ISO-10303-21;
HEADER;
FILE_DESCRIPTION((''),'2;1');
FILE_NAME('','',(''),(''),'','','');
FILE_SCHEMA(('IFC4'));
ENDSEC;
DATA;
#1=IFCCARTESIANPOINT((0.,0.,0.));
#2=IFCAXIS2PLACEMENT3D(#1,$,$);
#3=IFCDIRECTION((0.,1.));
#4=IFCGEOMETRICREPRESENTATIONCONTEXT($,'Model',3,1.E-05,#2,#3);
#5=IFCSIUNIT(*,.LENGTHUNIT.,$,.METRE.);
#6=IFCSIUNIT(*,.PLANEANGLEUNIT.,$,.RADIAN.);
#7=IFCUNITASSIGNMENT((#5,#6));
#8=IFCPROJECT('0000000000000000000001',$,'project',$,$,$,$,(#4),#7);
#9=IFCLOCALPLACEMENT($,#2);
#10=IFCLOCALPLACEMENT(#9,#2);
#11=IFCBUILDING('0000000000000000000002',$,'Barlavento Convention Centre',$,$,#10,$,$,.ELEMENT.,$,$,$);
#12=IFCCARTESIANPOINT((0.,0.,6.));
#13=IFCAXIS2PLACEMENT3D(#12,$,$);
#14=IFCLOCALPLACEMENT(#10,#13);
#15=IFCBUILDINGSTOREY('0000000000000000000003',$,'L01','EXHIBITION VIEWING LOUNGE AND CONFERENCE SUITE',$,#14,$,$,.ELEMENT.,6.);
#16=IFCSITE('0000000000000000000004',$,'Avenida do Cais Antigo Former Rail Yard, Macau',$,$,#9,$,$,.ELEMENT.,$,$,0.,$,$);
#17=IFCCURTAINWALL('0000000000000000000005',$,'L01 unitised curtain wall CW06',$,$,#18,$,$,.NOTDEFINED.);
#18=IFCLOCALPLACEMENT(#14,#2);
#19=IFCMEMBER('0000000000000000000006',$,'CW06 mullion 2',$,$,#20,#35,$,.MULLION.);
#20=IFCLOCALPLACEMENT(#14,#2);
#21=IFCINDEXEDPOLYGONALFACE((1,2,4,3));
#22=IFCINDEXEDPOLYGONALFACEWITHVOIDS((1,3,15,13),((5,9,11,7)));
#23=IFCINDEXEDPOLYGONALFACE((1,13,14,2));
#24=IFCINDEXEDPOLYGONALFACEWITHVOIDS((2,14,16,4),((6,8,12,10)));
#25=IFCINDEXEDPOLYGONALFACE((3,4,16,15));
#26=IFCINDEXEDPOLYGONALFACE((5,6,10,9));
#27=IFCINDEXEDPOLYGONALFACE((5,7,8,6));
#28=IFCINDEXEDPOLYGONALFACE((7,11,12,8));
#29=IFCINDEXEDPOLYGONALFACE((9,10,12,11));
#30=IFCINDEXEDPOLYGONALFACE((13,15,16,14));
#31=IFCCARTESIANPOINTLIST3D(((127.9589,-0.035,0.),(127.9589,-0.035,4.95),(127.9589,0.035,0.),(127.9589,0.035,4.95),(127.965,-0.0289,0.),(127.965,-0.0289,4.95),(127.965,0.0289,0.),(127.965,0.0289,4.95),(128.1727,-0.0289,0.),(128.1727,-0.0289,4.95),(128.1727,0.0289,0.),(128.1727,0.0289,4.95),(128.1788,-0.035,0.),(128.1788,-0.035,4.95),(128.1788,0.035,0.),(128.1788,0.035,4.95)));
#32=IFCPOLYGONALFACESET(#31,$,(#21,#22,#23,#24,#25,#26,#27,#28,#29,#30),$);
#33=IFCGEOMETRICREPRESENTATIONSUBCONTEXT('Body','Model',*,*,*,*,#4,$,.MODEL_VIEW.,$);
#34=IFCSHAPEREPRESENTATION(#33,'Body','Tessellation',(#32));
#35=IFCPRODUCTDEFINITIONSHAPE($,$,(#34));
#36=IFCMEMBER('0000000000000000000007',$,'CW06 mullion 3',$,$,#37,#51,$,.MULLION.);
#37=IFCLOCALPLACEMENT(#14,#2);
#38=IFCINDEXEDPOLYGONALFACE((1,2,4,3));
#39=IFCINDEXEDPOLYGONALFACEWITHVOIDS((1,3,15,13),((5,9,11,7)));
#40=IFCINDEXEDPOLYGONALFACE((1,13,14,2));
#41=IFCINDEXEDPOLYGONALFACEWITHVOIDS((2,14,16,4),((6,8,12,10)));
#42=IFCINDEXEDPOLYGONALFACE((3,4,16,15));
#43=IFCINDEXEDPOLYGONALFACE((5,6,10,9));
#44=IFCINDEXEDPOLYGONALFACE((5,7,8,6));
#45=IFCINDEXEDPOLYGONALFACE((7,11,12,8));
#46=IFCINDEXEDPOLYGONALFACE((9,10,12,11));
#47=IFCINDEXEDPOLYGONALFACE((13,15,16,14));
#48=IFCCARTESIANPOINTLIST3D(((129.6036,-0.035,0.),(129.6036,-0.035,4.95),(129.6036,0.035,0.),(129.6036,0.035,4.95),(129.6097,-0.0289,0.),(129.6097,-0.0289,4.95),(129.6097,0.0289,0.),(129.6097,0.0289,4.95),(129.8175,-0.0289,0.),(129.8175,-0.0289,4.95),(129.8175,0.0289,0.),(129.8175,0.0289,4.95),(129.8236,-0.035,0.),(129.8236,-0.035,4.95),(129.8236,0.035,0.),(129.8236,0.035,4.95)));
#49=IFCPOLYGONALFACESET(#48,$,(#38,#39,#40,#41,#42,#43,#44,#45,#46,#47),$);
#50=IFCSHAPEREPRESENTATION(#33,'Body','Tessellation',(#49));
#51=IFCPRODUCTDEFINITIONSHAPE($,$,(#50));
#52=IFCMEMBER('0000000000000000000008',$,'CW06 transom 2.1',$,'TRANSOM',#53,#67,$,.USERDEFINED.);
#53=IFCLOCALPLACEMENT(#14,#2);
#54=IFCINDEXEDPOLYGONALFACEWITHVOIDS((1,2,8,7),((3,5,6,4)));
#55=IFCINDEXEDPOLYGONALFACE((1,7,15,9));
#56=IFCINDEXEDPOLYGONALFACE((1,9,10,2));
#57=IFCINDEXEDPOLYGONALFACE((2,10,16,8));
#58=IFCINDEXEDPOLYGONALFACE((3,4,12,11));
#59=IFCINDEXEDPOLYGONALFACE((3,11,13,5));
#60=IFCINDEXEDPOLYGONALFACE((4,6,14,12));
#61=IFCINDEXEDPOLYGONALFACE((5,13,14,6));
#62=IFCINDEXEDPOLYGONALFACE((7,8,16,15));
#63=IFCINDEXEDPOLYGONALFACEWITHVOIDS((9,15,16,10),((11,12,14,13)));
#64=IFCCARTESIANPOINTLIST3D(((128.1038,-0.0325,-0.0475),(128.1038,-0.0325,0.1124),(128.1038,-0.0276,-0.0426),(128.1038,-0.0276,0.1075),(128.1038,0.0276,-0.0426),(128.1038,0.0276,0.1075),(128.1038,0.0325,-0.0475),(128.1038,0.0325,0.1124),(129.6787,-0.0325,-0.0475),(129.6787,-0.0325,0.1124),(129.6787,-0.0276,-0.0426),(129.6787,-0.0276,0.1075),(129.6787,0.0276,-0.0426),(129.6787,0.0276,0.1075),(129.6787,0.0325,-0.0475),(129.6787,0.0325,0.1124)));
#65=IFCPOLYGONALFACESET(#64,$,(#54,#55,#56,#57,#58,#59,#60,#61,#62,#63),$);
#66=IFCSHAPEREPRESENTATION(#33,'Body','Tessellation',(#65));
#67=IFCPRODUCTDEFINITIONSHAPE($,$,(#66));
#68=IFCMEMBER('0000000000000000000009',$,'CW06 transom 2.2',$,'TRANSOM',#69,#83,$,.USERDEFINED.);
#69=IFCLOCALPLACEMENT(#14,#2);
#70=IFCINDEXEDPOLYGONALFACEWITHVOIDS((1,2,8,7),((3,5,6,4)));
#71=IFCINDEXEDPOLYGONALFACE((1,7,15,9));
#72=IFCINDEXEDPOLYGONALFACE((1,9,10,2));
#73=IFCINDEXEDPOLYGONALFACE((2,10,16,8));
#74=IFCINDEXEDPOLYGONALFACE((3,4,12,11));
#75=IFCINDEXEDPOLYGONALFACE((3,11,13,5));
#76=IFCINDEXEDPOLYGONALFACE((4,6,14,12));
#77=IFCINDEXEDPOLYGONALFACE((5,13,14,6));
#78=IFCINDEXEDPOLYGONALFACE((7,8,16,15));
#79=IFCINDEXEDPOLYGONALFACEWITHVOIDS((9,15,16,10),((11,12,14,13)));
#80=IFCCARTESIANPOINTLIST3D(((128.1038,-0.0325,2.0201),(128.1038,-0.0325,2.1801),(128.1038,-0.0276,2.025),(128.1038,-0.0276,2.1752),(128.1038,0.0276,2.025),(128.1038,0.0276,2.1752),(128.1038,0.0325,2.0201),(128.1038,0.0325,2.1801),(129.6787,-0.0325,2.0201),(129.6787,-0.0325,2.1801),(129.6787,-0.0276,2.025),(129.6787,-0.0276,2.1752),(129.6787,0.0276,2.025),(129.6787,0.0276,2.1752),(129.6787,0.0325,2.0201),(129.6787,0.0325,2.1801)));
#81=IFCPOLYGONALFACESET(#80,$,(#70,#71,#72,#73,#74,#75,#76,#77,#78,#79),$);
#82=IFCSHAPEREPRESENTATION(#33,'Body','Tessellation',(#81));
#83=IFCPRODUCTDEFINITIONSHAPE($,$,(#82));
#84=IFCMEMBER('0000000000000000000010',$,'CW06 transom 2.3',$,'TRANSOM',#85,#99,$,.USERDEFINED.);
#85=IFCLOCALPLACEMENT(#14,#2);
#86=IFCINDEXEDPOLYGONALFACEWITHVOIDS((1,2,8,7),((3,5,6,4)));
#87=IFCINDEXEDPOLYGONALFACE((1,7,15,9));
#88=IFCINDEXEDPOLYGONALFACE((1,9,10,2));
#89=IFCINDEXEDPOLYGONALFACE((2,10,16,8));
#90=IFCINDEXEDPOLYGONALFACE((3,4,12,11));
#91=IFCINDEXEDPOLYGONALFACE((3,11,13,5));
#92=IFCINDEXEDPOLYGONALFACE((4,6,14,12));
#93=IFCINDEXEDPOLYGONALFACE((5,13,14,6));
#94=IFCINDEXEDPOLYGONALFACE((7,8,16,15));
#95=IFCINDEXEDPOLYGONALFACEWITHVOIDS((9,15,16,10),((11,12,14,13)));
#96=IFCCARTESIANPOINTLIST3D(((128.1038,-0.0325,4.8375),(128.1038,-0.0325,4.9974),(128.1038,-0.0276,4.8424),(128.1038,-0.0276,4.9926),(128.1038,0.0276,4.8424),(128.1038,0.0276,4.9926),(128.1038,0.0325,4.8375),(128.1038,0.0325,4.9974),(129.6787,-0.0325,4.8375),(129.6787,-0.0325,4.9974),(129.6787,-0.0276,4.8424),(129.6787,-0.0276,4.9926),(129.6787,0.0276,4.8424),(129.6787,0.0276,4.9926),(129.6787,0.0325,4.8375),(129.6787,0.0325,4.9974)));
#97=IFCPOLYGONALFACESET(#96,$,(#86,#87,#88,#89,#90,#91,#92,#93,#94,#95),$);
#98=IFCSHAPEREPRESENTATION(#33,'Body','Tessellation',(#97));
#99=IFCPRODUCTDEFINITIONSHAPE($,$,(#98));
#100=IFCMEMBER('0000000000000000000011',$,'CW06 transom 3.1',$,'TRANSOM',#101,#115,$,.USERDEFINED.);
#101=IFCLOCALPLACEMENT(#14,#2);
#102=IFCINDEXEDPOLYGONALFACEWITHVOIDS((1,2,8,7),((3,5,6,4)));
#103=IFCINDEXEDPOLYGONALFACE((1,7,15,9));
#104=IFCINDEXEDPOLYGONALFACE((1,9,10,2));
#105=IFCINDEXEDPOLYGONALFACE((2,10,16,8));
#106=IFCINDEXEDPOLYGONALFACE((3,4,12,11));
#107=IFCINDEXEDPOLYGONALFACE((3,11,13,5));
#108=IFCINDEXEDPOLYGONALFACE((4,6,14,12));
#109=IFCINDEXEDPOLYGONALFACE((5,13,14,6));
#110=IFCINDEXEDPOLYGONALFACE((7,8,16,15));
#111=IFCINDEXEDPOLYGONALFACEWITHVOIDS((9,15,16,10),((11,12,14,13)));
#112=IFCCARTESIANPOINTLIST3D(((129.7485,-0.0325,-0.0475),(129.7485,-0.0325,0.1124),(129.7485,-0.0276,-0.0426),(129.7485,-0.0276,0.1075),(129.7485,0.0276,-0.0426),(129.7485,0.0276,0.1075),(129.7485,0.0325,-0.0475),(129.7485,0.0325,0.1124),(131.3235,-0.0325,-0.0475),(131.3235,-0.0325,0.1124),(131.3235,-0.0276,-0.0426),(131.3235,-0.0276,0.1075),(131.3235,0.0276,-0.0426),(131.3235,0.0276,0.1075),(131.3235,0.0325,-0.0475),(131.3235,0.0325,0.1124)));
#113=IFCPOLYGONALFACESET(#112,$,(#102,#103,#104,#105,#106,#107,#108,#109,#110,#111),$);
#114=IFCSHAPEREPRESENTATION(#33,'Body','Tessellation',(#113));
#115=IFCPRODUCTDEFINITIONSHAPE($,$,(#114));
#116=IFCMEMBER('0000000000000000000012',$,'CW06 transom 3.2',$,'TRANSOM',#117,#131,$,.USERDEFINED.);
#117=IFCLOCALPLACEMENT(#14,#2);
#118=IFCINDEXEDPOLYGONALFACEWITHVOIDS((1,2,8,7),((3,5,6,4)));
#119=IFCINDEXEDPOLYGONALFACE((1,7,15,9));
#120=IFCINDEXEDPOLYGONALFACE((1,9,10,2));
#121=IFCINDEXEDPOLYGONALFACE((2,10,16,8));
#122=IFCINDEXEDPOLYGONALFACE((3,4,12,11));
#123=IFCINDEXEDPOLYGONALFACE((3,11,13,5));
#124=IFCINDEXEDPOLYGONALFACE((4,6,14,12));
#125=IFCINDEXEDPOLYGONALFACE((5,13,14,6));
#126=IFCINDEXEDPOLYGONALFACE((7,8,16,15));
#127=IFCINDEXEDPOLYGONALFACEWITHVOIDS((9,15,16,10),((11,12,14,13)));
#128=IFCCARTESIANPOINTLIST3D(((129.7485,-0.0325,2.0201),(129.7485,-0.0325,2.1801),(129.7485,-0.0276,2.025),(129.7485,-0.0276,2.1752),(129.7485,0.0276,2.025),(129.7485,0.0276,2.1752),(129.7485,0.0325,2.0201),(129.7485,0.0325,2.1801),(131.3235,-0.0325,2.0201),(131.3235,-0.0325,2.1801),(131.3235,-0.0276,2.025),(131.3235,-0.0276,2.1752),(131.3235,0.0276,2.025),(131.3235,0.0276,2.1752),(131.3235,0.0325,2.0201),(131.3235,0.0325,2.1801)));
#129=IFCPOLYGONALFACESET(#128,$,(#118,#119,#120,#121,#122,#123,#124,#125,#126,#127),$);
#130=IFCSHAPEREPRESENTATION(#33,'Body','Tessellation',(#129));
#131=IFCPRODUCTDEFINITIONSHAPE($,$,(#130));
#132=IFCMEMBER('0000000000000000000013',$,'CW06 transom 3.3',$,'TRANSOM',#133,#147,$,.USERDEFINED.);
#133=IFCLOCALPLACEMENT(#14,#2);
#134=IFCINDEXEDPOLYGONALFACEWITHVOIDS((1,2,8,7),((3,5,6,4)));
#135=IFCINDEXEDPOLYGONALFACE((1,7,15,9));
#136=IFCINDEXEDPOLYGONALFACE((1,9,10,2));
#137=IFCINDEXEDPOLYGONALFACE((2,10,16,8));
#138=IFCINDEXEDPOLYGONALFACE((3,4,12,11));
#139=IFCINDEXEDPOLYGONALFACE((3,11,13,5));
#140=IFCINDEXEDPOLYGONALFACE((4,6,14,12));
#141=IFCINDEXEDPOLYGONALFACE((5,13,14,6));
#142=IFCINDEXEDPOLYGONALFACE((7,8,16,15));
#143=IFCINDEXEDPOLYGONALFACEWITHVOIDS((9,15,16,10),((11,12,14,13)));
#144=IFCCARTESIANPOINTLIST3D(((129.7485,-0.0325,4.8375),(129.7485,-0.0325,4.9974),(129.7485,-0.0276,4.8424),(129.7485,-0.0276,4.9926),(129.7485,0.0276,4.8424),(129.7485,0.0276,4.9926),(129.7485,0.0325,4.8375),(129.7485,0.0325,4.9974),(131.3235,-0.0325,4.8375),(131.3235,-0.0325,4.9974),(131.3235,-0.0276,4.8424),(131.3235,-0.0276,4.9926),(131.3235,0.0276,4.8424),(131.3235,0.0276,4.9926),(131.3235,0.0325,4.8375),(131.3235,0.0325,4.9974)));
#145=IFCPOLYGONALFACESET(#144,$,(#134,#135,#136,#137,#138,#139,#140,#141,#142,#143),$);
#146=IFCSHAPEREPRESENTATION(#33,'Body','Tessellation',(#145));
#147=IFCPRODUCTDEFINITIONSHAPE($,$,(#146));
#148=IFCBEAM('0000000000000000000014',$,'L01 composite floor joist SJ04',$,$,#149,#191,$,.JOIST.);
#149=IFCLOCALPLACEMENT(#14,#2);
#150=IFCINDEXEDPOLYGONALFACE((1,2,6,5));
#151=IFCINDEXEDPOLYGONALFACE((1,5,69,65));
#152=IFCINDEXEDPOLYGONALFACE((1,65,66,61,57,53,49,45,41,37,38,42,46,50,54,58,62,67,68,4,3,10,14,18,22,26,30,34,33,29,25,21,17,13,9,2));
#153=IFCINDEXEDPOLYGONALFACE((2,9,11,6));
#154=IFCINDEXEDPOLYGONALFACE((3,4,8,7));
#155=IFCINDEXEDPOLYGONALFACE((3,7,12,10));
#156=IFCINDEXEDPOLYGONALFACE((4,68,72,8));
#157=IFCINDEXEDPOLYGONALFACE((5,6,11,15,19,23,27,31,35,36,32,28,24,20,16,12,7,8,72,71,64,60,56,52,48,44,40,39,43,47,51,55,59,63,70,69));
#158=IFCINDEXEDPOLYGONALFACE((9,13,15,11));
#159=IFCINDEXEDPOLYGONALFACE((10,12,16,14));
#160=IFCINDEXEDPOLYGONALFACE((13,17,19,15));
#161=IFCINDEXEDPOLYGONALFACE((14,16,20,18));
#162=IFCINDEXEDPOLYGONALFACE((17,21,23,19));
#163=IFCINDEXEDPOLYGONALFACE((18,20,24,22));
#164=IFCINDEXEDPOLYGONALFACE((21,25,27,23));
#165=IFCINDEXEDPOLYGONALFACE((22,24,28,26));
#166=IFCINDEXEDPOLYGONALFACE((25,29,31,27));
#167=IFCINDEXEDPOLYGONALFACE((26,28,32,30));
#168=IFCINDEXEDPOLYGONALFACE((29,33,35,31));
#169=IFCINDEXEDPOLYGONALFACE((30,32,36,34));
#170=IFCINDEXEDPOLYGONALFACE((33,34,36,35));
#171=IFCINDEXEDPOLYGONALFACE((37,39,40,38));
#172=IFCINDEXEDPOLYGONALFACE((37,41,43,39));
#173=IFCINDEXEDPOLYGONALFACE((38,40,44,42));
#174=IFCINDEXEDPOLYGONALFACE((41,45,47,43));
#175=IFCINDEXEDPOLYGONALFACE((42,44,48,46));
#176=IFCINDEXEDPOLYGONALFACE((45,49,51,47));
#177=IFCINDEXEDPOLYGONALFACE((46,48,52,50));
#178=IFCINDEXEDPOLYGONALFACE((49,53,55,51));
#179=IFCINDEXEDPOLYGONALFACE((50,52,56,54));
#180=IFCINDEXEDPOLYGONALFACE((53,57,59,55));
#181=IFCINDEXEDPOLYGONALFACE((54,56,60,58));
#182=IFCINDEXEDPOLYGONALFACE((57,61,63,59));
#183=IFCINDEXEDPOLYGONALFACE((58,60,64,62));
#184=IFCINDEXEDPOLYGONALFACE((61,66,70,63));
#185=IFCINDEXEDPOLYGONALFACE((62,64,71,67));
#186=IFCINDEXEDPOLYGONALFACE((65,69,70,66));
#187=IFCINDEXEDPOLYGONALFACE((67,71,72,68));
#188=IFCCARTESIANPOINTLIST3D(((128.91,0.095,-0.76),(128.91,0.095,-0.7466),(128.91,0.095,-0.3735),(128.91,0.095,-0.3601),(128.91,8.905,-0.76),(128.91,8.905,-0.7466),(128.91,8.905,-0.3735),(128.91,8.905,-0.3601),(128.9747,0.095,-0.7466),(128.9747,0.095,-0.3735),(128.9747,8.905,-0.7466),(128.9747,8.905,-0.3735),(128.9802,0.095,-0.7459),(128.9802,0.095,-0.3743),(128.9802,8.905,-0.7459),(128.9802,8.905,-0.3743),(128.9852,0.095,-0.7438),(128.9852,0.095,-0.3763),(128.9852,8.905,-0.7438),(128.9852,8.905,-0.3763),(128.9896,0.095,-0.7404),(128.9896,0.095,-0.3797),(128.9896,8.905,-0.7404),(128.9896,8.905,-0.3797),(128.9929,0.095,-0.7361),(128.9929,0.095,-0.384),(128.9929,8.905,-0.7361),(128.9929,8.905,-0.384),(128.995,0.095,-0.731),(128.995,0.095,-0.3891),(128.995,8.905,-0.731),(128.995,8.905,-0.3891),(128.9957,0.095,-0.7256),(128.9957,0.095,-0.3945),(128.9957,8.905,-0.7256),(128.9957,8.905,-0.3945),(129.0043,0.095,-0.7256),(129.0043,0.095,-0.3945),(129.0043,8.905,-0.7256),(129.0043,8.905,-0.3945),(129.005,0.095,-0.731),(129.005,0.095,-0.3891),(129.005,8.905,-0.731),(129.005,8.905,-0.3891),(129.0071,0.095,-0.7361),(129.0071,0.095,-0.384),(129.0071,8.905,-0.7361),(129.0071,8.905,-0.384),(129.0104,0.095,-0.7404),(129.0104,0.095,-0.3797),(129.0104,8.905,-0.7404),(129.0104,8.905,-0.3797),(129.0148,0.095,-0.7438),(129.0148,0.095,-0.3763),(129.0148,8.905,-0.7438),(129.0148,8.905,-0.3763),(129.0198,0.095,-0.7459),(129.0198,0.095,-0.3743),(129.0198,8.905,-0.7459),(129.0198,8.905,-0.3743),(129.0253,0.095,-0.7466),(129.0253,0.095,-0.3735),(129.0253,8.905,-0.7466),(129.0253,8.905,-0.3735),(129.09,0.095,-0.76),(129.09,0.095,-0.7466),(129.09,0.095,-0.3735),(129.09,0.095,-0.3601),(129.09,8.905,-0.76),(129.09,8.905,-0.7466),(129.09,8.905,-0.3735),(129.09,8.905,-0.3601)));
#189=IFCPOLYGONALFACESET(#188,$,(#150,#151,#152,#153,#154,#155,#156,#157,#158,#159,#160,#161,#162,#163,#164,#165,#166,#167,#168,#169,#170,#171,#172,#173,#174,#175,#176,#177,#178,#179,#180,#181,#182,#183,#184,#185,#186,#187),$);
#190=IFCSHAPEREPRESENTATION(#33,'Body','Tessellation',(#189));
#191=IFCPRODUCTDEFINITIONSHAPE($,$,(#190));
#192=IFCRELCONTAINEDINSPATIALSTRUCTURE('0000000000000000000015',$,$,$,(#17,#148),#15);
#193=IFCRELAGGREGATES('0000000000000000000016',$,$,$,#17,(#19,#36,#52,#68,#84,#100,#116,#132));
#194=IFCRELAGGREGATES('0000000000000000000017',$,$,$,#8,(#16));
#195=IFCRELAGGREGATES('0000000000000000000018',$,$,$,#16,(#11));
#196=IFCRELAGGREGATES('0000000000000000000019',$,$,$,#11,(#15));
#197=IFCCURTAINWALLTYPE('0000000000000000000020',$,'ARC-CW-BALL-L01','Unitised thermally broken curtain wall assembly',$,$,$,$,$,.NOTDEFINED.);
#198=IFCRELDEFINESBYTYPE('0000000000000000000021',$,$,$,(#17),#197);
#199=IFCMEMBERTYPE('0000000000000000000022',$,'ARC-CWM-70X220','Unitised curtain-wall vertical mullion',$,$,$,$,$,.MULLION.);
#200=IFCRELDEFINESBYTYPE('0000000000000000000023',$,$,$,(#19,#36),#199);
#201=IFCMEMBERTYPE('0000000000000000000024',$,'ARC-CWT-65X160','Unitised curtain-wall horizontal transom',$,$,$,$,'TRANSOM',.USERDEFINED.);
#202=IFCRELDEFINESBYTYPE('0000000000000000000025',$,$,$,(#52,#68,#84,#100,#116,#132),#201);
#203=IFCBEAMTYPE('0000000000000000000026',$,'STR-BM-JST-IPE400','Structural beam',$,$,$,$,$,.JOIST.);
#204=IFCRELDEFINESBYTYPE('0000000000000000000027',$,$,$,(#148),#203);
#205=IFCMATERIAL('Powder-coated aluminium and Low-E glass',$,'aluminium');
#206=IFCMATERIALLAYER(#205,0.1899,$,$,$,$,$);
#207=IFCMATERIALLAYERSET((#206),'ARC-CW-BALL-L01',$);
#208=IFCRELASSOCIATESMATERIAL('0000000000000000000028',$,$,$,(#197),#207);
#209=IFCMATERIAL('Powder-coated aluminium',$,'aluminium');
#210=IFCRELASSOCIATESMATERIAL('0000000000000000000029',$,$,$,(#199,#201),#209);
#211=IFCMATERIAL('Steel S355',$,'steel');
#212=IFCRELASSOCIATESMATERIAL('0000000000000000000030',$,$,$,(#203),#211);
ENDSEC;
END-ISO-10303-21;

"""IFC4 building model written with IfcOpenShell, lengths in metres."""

from ifc_helpers import new_model, si_unit, direction, frame, origin, origin_2d, place, context, subcontext, project, spatial, hollow_rectangle, i_section, extrude, material, layer, layer_set, material_profile, profile_set, type_object, element, aggregate, save


model = new_model("IFC4")

# Units and contexts
model_context = context("Model", 3, precision=1e-05, world=origin(), true_north=direction((0.0, 1.0)))
body_context = subcontext(model_context, "Body", "Model", "MODEL_VIEW")
ifc_project = project(units=[si_unit("LENGTHUNIT", "METRE"), si_unit("PLANEANGLEUNIT", "RADIAN")], contexts=[model_context])

# Site, building, storey
site_placement = place(None, origin())
site = spatial("IfcSite", under=ifc_project, at=site_placement, Name="Avenida do Cais Antigo Former Rail Yard, Macau", CompositionType="ELEMENT", RefElevation=0.0)
building_placement = place(site_placement, origin())
building = spatial("IfcBuilding", under=site, at=building_placement, Name="Barlavento Convention Centre", CompositionType="ELEMENT")
storey_placement = place(building_placement, frame((0.0, 0.0, 6.0)))
storey = spatial("IfcBuildingStorey", under=building, at=storey_placement, Name="L01", Description="EXHIBITION VIEWING LOUNGE AND CONFERENCE SUITE", CompositionType="ELEMENT", Elevation=6.0)

# Curtain wall, members
ifc_material_1 = material(Name="Powder-coated aluminium and Low-E glass", Category="aluminium")
ifc_layer_1 = layer(ifc_material_1, 0.1899)
ifc_layer_set_1 = layer_set([ifc_layer_1], Name="ARC-CW-BALL-L01")
curtain_wall_type = type_object("IfcCurtainWallType", Name="ARC-CW-BALL-L01", Description="Unitised thermally broken curtain wall assembly", PredefinedType="NOTDEFINED", material=ifc_layer_set_1)
curtain_wall_placement = place(storey_placement, origin())
curtain_wall = element("IfcCurtainWall", 1, at=curtain_wall_placement, inside=storey, type_object=curtain_wall_type, Name="L01 unitised curtain wall CW06", PredefinedType="NOTDEFINED")
ifc_material_2 = material(Name="Powder-coated aluminium", Category="aluminium")
ifc_material_profile_1 = material_profile(ifc_material_2, hollow_rectangle(XDim=0.0701, YDim=0.22, WallThickness=0.0061, at=origin_2d()), Name="AL-MULL 70x220x6")
ifc_profile_set_1 = profile_set([ifc_material_profile_1], Name="Powder-coated aluminium")
member_type_1 = type_object("IfcMemberType", Name="ARC-CWM-70X220", Description="Unitised curtain-wall vertical mullion", PredefinedType="MULLION", material=ifc_profile_set_1)
member_1_placement = place(storey_placement, frame((128.0688, 0.0, 0.0), z_axis=(0.0, 0.0, 1.0), x_axis=(0.0, 1.0, 0.0)))
member_1 = element("IfcMember", 2, at=member_1_placement, type_object=member_type_1, Name="CW06 mullion 2", PredefinedType="MULLION", context=body_context, shape_type="SweptSolid", body=[
    extrude(hollow_rectangle(XDim=0.0701, YDim=0.22, WallThickness=0.0061, at=origin_2d()), origin(), (0.0, 0.0, 1.0), 4.95),
])
member_2_placement = place(storey_placement, frame((129.7136, 0.0, 0.0), z_axis=(0.0, 0.0, 1.0), x_axis=(0.0, 1.0, 0.0)))
member_2 = element("IfcMember", 3, at=member_2_placement, type_object=member_type_1, Name="CW06 mullion 3", PredefinedType="MULLION", context=body_context, shape_type="SweptSolid", body=[
    extrude(hollow_rectangle(XDim=0.0701, YDim=0.22, WallThickness=0.0061, at=origin_2d()), origin(), (0.0, 0.0, 1.0), 4.95),
])
ifc_material_profile_2 = material_profile(ifc_material_2, hollow_rectangle(XDim=0.0649, YDim=0.1599, WallThickness=0.0049, at=origin_2d()), Name="AL-TRAN 65x160x5")
ifc_profile_set_2 = profile_set([ifc_material_profile_2], Name="Powder-coated aluminium")
member_type_2 = type_object("IfcMemberType", Name="ARC-CWT-65X160", Description="Unitised curtain-wall horizontal transom", ElementType="TRANSOM", PredefinedType="USERDEFINED", material=ifc_profile_set_2)
member_3_placement = place(storey_placement, frame((128.1038, 0.0, 0.0325), z_axis=(1.0, 0.0, 0.0), x_axis=(0.0, 1.0, 0.0)))
member_3 = element("IfcMember", 4, at=member_3_placement, type_object=member_type_2, Name="CW06 transom 2.1", ObjectType="TRANSOM", PredefinedType="USERDEFINED", context=body_context, shape_type="SweptSolid", body=[
    extrude(hollow_rectangle(XDim=0.0649, YDim=0.1599, WallThickness=0.0049, at=origin_2d()), origin(), (0.0, 0.0, 1.0), 1.575),
])
member_4_placement = place(storey_placement, frame((128.1038, 0.0, 2.1001), z_axis=(1.0, 0.0, 0.0), x_axis=(0.0, 1.0, 0.0)))
member_4 = element("IfcMember", 5, at=member_4_placement, type_object=member_type_2, Name="CW06 transom 2.2", ObjectType="TRANSOM", PredefinedType="USERDEFINED", context=body_context, shape_type="SweptSolid", body=[
    extrude(hollow_rectangle(XDim=0.0649, YDim=0.1599, WallThickness=0.0049, at=origin_2d()), origin(), (0.0, 0.0, 1.0), 1.575),
])
member_5_placement = place(storey_placement, frame((128.1038, 0.0, 4.9175), z_axis=(1.0, 0.0, 0.0), x_axis=(0.0, 1.0, 0.0)))
member_5 = element("IfcMember", 6, at=member_5_placement, type_object=member_type_2, Name="CW06 transom 2.3", ObjectType="TRANSOM", PredefinedType="USERDEFINED", context=body_context, shape_type="SweptSolid", body=[
    extrude(hollow_rectangle(XDim=0.0649, YDim=0.1599, WallThickness=0.0049, at=origin_2d()), origin(), (0.0, 0.0, 1.0), 1.575),
])
member_6_placement = place(storey_placement, frame((129.7485, 0.0, 0.0325), z_axis=(1.0, 0.0, 0.0), x_axis=(0.0, 1.0, 0.0)))
member_6 = element("IfcMember", 7, at=member_6_placement, type_object=member_type_2, Name="CW06 transom 3.1", ObjectType="TRANSOM", PredefinedType="USERDEFINED", context=body_context, shape_type="SweptSolid", body=[
    extrude(hollow_rectangle(XDim=0.0649, YDim=0.1599, WallThickness=0.0049, at=origin_2d()), origin(), (0.0, 0.0, 1.0), 1.575),
])
member_7_placement = place(storey_placement, frame((129.7485, 0.0, 2.1001), z_axis=(1.0, 0.0, 0.0), x_axis=(0.0, 1.0, 0.0)))
member_7 = element("IfcMember", 8, at=member_7_placement, type_object=member_type_2, Name="CW06 transom 3.2", ObjectType="TRANSOM", PredefinedType="USERDEFINED", context=body_context, shape_type="SweptSolid", body=[
    extrude(hollow_rectangle(XDim=0.0649, YDim=0.1599, WallThickness=0.0049, at=origin_2d()), origin(), (0.0, 0.0, 1.0), 1.575),
])
member_8_placement = place(storey_placement, frame((129.7485, 0.0, 4.9175), z_axis=(1.0, 0.0, 0.0), x_axis=(0.0, 1.0, 0.0)))
member_8 = element("IfcMember", 9, at=member_8_placement, type_object=member_type_2, Name="CW06 transom 3.3", ObjectType="TRANSOM", PredefinedType="USERDEFINED", context=body_context, shape_type="SweptSolid", body=[
    extrude(hollow_rectangle(XDim=0.0649, YDim=0.1599, WallThickness=0.0049, at=origin_2d()), origin(), (0.0, 0.0, 1.0), 1.575),
])

# Beam
ifc_material_3 = material(Name="Steel S355", Category="steel")
ifc_material_profile_3 = material_profile(ifc_material_3, i_section(OverallWidth=0.1799, OverallDepth=0.3999, WebThickness=0.0085, FlangeThickness=0.0134, FilletRadius=0.021, at=origin_2d()), Name="IPE 400")
ifc_profile_set_3 = profile_set([ifc_material_profile_3], Name="Steel S355")
beam_type = type_object("IfcBeamType", Name="STR-BM-JST-IPE400", Description="Structural beam", PredefinedType="JOIST", material=ifc_profile_set_3)
beam_placement = place(storey_placement, frame((129.0, 0.095, -0.5601), z_axis=(0.0, 1.0, 0.0), x_axis=(-1.0, 0.0, 0.0)))
element("IfcBeam", 10, at=beam_placement, inside=storey, type_object=beam_type, Name="L01 composite floor joist SJ04", PredefinedType="JOIST", context=body_context, shape_type="SweptSolid", body=[
    extrude(i_section(OverallWidth=0.1799, OverallDepth=0.3999, WebThickness=0.0085, FlangeThickness=0.0134, FilletRadius=0.021, at=origin_2d()), origin(), (0.0, 0.0, 1.0), 8.8101),
])

aggregate(curtain_wall, [member_1, member_2, member_3, member_4, member_5, member_6, member_7, member_8])

save(model, "model.ifc")
